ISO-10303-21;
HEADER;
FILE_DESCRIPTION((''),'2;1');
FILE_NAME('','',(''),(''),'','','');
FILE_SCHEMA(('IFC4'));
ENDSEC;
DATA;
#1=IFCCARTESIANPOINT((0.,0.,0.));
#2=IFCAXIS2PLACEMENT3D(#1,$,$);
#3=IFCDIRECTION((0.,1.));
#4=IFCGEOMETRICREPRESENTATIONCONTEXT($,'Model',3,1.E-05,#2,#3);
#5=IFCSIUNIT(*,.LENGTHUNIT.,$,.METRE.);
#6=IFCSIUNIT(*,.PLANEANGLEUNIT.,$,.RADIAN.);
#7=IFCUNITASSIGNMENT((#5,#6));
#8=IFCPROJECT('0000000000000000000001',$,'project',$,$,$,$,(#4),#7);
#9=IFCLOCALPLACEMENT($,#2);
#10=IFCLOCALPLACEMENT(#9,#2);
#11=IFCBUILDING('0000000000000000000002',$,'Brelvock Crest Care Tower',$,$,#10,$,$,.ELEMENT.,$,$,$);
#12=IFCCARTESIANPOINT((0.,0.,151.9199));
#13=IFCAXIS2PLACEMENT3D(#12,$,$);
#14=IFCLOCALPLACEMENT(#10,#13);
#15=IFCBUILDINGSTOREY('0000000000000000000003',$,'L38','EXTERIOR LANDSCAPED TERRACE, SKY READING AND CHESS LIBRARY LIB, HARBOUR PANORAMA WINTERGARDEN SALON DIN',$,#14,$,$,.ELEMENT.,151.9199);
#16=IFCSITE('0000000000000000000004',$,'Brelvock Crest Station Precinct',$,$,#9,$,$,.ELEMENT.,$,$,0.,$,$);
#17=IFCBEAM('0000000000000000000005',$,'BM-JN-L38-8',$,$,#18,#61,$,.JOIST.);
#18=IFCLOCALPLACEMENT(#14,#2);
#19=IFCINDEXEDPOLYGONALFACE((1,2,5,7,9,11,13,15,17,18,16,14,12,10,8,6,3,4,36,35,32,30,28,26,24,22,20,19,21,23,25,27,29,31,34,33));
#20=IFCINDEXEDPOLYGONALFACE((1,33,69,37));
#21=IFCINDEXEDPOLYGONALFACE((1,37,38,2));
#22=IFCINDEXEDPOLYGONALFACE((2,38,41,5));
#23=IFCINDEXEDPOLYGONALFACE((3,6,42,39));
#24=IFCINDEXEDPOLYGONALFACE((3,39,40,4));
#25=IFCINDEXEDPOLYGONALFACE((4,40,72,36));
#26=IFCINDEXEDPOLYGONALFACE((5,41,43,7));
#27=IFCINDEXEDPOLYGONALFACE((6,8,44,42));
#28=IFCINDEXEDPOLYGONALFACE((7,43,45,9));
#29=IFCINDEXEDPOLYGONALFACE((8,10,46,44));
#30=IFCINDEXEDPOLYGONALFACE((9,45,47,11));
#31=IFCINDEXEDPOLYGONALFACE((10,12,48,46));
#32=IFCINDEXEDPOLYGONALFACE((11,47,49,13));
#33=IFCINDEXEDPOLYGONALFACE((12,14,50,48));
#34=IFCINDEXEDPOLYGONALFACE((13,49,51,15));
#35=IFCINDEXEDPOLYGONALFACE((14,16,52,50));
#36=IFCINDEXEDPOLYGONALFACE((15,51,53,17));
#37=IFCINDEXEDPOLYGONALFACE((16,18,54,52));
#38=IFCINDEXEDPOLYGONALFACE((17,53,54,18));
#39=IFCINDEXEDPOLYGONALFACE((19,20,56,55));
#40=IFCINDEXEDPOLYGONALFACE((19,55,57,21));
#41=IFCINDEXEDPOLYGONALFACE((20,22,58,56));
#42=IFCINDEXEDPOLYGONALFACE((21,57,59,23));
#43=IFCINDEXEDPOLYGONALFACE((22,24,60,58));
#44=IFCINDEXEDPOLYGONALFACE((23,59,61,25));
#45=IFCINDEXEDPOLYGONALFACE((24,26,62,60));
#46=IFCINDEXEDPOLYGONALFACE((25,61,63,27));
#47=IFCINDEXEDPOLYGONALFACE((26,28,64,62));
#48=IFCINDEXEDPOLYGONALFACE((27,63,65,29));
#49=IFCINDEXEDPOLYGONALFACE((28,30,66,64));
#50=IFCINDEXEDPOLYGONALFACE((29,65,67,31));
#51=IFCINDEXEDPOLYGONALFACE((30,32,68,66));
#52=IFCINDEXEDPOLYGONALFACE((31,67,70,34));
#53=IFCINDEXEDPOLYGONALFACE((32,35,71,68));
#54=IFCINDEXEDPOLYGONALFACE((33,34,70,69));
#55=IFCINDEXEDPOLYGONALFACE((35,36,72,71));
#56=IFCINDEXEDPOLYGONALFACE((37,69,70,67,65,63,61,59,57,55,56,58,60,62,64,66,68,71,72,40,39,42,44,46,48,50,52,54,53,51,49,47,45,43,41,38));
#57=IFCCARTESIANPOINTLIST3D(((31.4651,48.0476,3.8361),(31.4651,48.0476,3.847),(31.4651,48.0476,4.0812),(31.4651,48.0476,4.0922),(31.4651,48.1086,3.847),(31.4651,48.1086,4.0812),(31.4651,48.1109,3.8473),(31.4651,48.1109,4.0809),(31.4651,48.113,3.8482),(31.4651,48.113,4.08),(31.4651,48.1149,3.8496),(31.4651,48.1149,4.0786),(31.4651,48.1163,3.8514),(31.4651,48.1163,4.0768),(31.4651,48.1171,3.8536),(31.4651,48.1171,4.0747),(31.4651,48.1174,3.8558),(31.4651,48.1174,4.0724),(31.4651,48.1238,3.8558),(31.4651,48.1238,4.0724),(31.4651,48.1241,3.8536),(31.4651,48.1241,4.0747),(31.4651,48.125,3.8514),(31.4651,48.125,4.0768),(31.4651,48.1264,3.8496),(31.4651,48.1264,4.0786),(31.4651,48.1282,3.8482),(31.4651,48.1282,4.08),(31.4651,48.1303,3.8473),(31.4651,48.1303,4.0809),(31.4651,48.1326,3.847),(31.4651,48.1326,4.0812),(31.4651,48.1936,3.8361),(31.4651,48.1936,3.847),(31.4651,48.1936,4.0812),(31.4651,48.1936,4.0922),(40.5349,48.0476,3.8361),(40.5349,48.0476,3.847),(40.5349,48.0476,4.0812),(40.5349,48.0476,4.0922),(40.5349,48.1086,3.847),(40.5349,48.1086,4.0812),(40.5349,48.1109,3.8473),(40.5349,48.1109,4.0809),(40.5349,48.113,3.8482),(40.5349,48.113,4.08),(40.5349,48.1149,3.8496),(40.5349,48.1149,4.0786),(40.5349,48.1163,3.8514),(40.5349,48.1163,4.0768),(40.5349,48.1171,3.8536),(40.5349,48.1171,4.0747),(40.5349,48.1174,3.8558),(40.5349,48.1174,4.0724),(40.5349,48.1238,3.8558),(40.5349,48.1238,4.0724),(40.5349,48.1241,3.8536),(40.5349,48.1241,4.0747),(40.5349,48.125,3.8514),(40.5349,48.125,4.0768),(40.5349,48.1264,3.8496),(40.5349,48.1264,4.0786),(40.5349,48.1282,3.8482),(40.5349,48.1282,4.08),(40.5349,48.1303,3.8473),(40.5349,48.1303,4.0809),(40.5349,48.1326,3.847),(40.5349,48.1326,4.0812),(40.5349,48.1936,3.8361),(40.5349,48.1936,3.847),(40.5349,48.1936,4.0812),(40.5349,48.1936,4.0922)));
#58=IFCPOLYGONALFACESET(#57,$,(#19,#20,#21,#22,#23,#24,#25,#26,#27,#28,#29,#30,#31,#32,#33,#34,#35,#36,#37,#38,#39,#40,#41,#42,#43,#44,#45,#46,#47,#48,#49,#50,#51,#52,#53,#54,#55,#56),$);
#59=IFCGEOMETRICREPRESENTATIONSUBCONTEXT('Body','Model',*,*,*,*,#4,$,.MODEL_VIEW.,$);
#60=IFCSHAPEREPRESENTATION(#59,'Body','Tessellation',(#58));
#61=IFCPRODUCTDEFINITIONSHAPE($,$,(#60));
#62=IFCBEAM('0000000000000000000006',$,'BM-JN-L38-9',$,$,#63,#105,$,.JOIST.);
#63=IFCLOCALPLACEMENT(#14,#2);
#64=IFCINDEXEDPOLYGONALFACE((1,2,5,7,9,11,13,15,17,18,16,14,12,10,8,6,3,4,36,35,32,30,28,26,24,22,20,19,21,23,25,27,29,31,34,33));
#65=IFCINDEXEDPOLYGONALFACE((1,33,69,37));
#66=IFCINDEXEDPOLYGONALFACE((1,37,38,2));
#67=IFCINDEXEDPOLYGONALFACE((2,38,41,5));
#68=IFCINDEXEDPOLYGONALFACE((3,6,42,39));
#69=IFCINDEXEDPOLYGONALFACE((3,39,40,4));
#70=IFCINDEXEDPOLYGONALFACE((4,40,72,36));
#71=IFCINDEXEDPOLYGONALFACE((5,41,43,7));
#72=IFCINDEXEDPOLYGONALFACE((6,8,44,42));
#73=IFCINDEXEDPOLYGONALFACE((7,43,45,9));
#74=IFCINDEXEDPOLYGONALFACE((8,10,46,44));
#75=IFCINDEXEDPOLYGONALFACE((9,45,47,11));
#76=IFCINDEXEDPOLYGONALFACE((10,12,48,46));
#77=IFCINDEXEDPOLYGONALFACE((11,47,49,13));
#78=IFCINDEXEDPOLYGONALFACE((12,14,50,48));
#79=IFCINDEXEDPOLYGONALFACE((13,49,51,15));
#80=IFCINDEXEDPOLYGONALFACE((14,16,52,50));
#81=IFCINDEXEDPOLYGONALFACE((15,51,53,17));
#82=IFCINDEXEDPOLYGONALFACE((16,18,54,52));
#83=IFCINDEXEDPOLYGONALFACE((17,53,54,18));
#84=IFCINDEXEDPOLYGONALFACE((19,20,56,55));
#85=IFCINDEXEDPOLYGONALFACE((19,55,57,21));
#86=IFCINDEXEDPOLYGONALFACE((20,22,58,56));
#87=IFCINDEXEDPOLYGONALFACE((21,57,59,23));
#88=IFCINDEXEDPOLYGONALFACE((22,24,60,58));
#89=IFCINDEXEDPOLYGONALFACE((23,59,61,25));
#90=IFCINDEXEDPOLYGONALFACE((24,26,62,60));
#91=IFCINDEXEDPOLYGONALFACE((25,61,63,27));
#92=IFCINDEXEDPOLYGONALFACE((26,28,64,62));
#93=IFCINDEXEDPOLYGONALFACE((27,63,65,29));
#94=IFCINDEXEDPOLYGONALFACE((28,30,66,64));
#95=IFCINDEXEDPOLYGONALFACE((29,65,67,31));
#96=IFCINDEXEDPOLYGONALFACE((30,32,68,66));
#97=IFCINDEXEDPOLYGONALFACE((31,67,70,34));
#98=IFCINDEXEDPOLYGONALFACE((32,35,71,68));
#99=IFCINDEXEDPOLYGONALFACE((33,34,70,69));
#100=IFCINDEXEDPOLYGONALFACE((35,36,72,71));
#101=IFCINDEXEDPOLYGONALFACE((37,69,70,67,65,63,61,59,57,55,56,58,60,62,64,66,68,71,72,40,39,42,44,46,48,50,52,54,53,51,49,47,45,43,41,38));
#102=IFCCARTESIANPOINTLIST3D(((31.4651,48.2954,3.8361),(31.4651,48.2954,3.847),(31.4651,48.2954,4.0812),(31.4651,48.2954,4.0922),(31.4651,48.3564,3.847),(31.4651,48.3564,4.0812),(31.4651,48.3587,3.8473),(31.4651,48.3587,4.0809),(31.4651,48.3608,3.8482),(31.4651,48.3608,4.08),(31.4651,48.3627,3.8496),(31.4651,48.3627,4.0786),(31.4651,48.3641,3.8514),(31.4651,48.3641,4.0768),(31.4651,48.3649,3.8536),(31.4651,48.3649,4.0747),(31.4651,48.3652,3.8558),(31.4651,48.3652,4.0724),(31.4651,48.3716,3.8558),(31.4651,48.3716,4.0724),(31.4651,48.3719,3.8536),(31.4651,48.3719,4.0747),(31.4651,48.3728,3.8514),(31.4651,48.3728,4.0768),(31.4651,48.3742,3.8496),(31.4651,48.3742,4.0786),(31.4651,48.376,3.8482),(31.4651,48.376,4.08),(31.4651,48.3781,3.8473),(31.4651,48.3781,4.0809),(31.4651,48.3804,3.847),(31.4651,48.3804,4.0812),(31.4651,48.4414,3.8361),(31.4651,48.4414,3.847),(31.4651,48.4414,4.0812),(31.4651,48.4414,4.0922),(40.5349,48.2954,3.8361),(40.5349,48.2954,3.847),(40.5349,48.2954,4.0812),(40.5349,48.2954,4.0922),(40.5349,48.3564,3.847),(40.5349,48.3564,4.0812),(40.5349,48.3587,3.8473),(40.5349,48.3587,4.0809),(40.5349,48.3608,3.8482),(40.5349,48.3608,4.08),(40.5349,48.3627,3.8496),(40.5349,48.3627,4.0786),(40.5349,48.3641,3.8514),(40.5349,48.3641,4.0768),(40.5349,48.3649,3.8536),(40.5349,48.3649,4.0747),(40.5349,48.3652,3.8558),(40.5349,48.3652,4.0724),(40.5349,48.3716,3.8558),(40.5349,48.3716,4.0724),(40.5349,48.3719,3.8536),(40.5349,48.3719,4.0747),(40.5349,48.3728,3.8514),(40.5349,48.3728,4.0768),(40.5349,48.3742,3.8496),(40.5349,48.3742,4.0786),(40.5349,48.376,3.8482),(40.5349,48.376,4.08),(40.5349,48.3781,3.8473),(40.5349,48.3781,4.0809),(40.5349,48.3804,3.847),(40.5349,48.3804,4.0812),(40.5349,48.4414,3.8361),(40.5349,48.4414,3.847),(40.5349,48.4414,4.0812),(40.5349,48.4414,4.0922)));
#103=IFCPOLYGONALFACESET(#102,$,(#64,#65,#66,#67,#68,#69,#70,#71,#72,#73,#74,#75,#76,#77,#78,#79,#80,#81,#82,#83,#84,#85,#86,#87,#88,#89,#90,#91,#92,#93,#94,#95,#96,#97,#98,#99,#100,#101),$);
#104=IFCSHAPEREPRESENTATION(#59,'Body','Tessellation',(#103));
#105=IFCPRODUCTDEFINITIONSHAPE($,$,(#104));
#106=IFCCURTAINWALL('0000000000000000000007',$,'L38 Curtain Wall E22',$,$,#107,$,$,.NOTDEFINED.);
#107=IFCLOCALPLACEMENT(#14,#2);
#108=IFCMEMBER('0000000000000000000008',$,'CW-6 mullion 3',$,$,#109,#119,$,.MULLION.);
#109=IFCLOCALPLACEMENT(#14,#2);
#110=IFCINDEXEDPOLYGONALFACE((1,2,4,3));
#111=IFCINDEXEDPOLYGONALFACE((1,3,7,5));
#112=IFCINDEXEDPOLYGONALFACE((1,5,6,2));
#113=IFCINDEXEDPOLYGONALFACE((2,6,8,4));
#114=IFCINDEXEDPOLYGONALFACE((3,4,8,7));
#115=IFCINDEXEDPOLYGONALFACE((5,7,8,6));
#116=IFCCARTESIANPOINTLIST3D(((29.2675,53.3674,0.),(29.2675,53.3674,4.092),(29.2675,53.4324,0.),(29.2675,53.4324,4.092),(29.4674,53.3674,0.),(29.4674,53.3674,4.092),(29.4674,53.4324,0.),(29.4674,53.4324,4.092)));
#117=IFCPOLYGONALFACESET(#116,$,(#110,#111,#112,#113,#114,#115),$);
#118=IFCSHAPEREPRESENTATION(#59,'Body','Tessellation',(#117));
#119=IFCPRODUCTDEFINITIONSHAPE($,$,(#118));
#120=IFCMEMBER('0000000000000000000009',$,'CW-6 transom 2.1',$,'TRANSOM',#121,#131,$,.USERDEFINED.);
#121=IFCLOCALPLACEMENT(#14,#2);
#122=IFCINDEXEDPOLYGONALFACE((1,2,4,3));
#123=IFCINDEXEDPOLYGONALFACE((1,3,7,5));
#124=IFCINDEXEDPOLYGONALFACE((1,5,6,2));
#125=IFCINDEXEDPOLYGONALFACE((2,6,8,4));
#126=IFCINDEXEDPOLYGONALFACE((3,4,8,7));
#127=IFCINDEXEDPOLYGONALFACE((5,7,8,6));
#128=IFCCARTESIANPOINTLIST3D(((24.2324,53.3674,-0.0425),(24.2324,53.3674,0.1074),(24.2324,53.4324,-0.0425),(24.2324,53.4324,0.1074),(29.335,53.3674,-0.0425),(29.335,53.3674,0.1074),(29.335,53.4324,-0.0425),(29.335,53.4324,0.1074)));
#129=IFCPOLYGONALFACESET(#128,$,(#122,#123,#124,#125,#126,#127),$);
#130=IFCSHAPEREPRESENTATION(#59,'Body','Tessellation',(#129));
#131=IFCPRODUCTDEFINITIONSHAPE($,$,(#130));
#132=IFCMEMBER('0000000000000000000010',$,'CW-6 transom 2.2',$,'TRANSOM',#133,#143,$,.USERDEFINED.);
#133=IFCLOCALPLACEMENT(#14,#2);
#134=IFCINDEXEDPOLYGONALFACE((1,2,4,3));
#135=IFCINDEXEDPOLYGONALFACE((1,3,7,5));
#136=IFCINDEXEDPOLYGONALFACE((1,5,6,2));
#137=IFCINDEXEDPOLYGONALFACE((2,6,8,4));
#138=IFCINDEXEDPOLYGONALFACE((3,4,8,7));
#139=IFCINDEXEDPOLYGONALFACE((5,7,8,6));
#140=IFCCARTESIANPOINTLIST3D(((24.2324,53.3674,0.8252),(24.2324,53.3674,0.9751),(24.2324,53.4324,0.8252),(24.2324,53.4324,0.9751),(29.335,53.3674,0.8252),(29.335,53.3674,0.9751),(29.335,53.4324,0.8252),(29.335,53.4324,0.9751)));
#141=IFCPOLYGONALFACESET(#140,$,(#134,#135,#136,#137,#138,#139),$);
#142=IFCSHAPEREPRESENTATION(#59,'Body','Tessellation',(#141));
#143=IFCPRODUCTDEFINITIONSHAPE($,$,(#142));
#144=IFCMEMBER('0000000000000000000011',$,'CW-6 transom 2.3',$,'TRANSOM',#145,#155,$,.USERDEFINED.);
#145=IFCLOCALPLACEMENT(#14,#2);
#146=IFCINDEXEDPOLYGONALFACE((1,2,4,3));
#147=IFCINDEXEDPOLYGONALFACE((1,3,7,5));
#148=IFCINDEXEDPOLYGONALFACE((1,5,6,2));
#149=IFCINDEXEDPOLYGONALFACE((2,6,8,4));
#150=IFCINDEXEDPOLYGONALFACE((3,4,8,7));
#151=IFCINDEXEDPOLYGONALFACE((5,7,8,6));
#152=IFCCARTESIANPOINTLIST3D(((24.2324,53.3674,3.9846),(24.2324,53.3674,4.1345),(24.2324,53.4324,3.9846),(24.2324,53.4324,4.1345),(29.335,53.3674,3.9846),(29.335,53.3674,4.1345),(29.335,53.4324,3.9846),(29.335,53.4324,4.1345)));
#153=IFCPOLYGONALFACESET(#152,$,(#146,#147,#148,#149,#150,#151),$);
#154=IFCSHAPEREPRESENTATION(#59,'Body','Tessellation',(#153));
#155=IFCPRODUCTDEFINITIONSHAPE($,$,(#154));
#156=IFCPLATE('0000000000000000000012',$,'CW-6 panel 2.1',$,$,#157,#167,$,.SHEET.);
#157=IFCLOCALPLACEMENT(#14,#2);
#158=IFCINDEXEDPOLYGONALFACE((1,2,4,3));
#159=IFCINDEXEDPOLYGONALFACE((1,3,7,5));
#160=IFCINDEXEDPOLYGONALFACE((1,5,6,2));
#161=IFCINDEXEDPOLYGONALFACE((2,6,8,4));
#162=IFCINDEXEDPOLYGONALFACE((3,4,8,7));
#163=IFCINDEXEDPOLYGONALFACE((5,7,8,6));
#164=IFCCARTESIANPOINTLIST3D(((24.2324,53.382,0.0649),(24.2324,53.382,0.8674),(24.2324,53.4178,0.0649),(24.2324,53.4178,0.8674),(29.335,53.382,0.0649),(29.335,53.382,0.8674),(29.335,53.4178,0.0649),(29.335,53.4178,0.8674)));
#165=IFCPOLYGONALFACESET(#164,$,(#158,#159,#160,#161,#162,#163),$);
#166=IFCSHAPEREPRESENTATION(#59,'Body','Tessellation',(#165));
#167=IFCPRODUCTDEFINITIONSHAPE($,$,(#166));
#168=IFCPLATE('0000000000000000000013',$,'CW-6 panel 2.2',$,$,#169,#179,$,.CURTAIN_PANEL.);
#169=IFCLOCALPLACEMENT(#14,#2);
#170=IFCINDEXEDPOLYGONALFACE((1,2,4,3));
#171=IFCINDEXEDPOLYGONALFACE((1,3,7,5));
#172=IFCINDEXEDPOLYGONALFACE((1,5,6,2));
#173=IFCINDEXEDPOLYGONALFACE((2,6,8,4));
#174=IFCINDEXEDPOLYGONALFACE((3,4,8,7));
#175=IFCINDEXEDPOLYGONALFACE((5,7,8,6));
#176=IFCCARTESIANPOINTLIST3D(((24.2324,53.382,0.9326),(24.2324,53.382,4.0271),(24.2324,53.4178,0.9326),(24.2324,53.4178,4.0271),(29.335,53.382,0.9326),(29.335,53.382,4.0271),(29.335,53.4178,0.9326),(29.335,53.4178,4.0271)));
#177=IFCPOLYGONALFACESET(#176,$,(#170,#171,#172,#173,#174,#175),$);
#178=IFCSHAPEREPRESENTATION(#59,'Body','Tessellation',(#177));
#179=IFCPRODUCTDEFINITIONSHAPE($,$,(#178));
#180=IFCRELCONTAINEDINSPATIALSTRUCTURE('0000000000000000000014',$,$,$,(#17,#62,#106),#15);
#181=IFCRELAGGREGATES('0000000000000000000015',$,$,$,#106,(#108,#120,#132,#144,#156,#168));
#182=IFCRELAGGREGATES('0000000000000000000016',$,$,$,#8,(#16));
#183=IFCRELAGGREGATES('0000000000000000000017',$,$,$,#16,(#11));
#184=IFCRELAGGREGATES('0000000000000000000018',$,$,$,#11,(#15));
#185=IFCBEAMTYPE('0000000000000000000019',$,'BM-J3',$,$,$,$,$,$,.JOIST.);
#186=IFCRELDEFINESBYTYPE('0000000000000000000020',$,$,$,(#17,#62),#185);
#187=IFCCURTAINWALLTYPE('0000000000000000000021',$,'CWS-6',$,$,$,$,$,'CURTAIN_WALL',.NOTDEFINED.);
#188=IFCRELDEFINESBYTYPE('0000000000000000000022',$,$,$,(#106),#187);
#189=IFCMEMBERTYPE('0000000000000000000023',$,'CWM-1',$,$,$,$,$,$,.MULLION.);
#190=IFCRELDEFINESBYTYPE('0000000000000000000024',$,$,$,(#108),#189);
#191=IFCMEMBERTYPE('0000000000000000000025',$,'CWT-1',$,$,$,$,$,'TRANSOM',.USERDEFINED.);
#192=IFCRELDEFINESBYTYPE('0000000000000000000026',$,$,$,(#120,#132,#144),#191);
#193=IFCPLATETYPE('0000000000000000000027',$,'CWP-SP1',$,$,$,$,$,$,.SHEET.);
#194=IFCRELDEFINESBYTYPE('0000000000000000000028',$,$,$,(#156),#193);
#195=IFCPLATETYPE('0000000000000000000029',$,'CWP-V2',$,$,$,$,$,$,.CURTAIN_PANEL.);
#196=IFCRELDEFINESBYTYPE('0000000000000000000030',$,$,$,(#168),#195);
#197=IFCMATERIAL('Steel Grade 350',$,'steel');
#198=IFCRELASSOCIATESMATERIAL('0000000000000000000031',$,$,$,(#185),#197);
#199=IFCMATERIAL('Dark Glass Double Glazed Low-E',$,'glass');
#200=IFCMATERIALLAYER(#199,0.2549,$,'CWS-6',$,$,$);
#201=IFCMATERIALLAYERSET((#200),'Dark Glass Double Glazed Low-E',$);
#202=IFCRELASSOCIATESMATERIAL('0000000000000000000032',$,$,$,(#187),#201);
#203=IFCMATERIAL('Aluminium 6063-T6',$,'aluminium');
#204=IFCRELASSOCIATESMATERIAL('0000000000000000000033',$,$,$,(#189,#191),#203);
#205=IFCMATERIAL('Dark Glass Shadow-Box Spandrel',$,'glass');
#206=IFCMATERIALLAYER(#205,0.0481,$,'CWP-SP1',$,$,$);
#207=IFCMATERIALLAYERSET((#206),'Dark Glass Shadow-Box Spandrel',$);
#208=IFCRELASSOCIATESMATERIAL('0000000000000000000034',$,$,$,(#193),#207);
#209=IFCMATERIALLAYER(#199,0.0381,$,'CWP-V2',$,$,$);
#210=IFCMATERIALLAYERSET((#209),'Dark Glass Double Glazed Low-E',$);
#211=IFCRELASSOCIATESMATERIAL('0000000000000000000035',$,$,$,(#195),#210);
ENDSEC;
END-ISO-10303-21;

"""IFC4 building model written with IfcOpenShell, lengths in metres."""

from ifc_helpers import new_model, si_unit, direction, frame, origin, origin_2d, place, context, subcontext, project, spatial, rectangle, i_section, extrude, source, transform, mapped, material, layer, layer_set, material_profile, profile_set, type_object, element, aggregate, save


model = new_model("IFC4")

# Units and contexts
model_context = context("Model", 3, precision=1e-05, world=origin(), true_north=direction((0.0, 1.0)))
body_context = subcontext(model_context, "Body", "Model", "MODEL_VIEW")
ifc_project = project(units=[si_unit("LENGTHUNIT", "METRE"), si_unit("PLANEANGLEUNIT", "RADIAN")], contexts=[model_context])

# Site, building, storey
site_placement = place(None, origin())
site = spatial("IfcSite", under=ifc_project, at=site_placement, Name="Brelvock Crest Station Precinct", CompositionType="ELEMENT", RefElevation=0.0)
building_placement = place(site_placement, origin())
building = spatial("IfcBuilding", under=site, at=building_placement, Name="Brelvock Crest Care Tower", CompositionType="ELEMENT")
storey_placement = place(building_placement, frame((0.0, 0.0, 151.9199)))
storey = spatial("IfcBuildingStorey", under=building, at=storey_placement, Name="L38", Description="EXTERIOR LANDSCAPED TERRACE, SKY READING AND CHESS LIBRARY LIB, HARBOUR PANORAMA WINTERGARDEN SALON DIN", CompositionType="ELEMENT", Elevation=151.9199)

# Shared definitions
ifc_material_1 = material(Name="Steel Grade 350", Category="steel")

# Beams
ifc_material_profile_1 = material_profile(ifc_material_1, i_section(OverallWidth=0.146, OverallDepth=0.2561, WebThickness=0.0063, FlangeThickness=0.011, FilletRadius=0.0088, at=origin_2d()), Name="250UB37.3")
ifc_profile_set_1 = profile_set([ifc_material_profile_1], Name="Steel Grade 350")
beam_type_1 = type_object("IfcBeamType", Name="BM-J3", PredefinedType="JOIST", material=ifc_profile_set_1)
shared_shape_1 = source(origin(), body_context, "Body", "SweptSolid", [
    extrude(i_section(OverallWidth=0.146, OverallDepth=0.2561, WebThickness=0.0063, FlangeThickness=0.011, FilletRadius=0.0088, at=origin_2d()), origin(), (0.0, 0.0, 1.0), 9.0698),
])
for number, where, z_axis, x_axis, name in (
    (1, (31.4651, 48.1206, 3.9641), (1.0, 0.0, 0.0), (0.0, 1.0, 0.0), "BM-JN-L38-8"),
    (2, (31.4651, 48.3684, 3.9641), (1.0, 0.0, 0.0), (0.0, 1.0, 0.0), "BM-JN-L38-9"),
):
    element("IfcBeam", number, at=place(storey_placement, frame(where, z_axis=z_axis, x_axis=x_axis)), inside=storey, type_object=beam_type_1, Name=name, PredefinedType="JOIST", context=body_context, shape_type="MappedRepresentation", body=[
        mapped(shared_shape_1, transform((0.0, 0.0, 0.0), x_axis=(1.0, 0.0, 0.0), y_axis=(0.0, 1.0, 0.0), z_axis=(0.0, 0.0, 1.0), scale=1.0)),
    ])

# Curtain wall, members, plates
ifc_material_2 = material(Name="Dark Glass Double Glazed Low-E", Category="glass")
ifc_layer_1 = layer(ifc_material_2, 0.2549, Name="CWS-6")
ifc_layer_set_1 = layer_set([ifc_layer_1], Name="Dark Glass Double Glazed Low-E")
curtain_wall_type = type_object("IfcCurtainWallType", Name="CWS-6", ElementType="CURTAIN_WALL", PredefinedType="NOTDEFINED", material=ifc_layer_set_1)
curtain_wall_placement = place(storey_placement, origin())
curtain_wall = element("IfcCurtainWall", 3, at=curtain_wall_placement, inside=storey, type_object=curtain_wall_type, Name="L38 Curtain Wall E22", PredefinedType="NOTDEFINED")
ifc_material_3 = material(Name="Aluminium 6063-T6", Category="aluminium")
ifc_material_profile_2 = material_profile(ifc_material_3, rectangle(XDim=0.0649, YDim=0.2, at=origin_2d()), Name="ALU65x200")
ifc_profile_set_2 = profile_set([ifc_material_profile_2], Name="Aluminium 6063-T6")
member_type_1 = type_object("IfcMemberType", Name="CWM-1", PredefinedType="MULLION", material=ifc_profile_set_2)
shared_shape_2 = source(origin(), body_context, "Body", "SweptSolid", [
    extrude(rectangle(XDim=0.0649, YDim=0.2, at=origin_2d()), origin(), (0.0, 0.0, 1.0), 4.092),
])
member_1_placement = place(storey_placement, frame((29.3674, 53.3999, 0.0), z_axis=(0.0, 0.0, 1.0), x_axis=(0.0, 1.0, 0.0)))
member_1 = element("IfcMember", 4, at=member_1_placement, type_object=member_type_1, Name="CW-6 mullion 3", PredefinedType="MULLION", context=body_context, shape_type="MappedRepresentation", body=[
    mapped(shared_shape_2, transform((0.0, 0.0, 0.0), x_axis=(1.0, 0.0, 0.0), y_axis=(0.0, 1.0, 0.0), z_axis=(0.0, 0.0, 1.0), scale=1.0)),
])
ifc_material_profile_3 = material_profile(ifc_material_3, rectangle(XDim=0.0649, YDim=0.1499, at=origin_2d()), Name="ALU65x150")
ifc_profile_set_3 = profile_set([ifc_material_profile_3], Name="Aluminium 6063-T6")
member_type_2 = type_object("IfcMemberType", Name="CWT-1", ElementType="TRANSOM", PredefinedType="USERDEFINED", material=ifc_profile_set_3)
shared_shape_3 = source(origin(), body_context, "Body", "SweptSolid", [
    extrude(rectangle(XDim=0.0649, YDim=0.1499, at=origin_2d()), origin(), (0.0, 0.0, 1.0), 5.1025),
])
member_2_placement = place(storey_placement, frame((24.2324, 53.3999, 0.0325), z_axis=(1.0, 0.0, 0.0), x_axis=(0.0, 1.0, 0.0)))
member_2 = element("IfcMember", 5, at=member_2_placement, type_object=member_type_2, Name="CW-6 transom 2.1", ObjectType="TRANSOM", PredefinedType="USERDEFINED", context=body_context, shape_type="MappedRepresentation", body=[
    mapped(shared_shape_3, transform((0.0, 0.0, 0.0), x_axis=(1.0, 0.0, 0.0), y_axis=(0.0, 1.0, 0.0), z_axis=(0.0, 0.0, 1.0), scale=1.0)),
])
member_3_placement = place(storey_placement, frame((24.2324, 53.3999, 0.9001), z_axis=(1.0, 0.0, 0.0), x_axis=(0.0, 1.0, 0.0)))
member_3 = element("IfcMember", 6, at=member_3_placement, type_object=member_type_2, Name="CW-6 transom 2.2", ObjectType="TRANSOM", PredefinedType="USERDEFINED", context=body_context, shape_type="MappedRepresentation", body=[
    mapped(shared_shape_3, transform((0.0, 0.0, 0.0), x_axis=(1.0, 0.0, 0.0), y_axis=(0.0, 1.0, 0.0), z_axis=(0.0, 0.0, 1.0), scale=1.0)),
])
member_4_placement = place(storey_placement, frame((24.2324, 53.3999, 4.0596), z_axis=(1.0, 0.0, 0.0), x_axis=(0.0, 1.0, 0.0)))
member_4 = element("IfcMember", 7, at=member_4_placement, type_object=member_type_2, Name="CW-6 transom 2.3", ObjectType="TRANSOM", PredefinedType="USERDEFINED", context=body_context, shape_type="MappedRepresentation", body=[
    mapped(shared_shape_3, transform((0.0, 0.0, 0.0), x_axis=(1.0, 0.0, 0.0), y_axis=(0.0, 1.0, 0.0), z_axis=(0.0, 0.0, 1.0), scale=1.0)),
])
ifc_material_4 = material(Name="Dark Glass Shadow-Box Spandrel", Category="glass")
ifc_layer_2 = layer(ifc_material_4, 0.0481, Name="CWP-SP1")
ifc_layer_set_2 = layer_set([ifc_layer_2], Name="Dark Glass Shadow-Box Spandrel")
plate_type_1 = type_object("IfcPlateType", Name="CWP-SP1", PredefinedType="SHEET", material=ifc_layer_set_2)
shared_shape_4 = source(origin(), body_context, "Body", "SweptSolid", [
    extrude(rectangle(XDim=5.1025, YDim=0.0359, at=origin_2d()), origin(), (0.0, 0.0, 1.0), 0.8025),
])
plate_1_placement = place(storey_placement, frame((26.7837, 53.3999, 0.0649), z_axis=(0.0, 0.0, 1.0), x_axis=(1.0, 0.0, 0.0)))
plate_1 = element("IfcPlate", 8, at=plate_1_placement, type_object=plate_type_1, Name="CW-6 panel 2.1", PredefinedType="SHEET", context=body_context, shape_type="MappedRepresentation", body=[
    mapped(shared_shape_4, transform((0.0, 0.0, 0.0), x_axis=(1.0, 0.0, 0.0), y_axis=(0.0, 1.0, 0.0), z_axis=(0.0, 0.0, 1.0), scale=1.0)),
])
ifc_layer_3 = layer(ifc_material_2, 0.0381, Name="CWP-V2")
ifc_layer_set_3 = layer_set([ifc_layer_3], Name="Dark Glass Double Glazed Low-E")
plate_type_2 = type_object("IfcPlateType", Name="CWP-V2", PredefinedType="CURTAIN_PANEL", material=ifc_layer_set_3)
shared_shape_5 = source(origin(), body_context, "Body", "SweptSolid", [
    extrude(rectangle(XDim=5.1025, YDim=0.0359, at=origin_2d()), origin(), (0.0, 0.0, 1.0), 3.0945),
])
plate_2_placement = place(storey_placement, frame((26.7837, 53.3999, 0.9326), z_axis=(0.0, 0.0, 1.0), x_axis=(1.0, 0.0, 0.0)))
plate_2 = element("IfcPlate", 9, at=plate_2_placement, type_object=plate_type_2, Name="CW-6 panel 2.2", PredefinedType="CURTAIN_PANEL", context=body_context, shape_type="MappedRepresentation", body=[
    mapped(shared_shape_5, transform((0.0, 0.0, 0.0), x_axis=(1.0, 0.0, 0.0), y_axis=(0.0, 1.0, 0.0), z_axis=(0.0, 0.0, 1.0), scale=1.0)),
])
aggregate(curtain_wall, [member_1, member_2, member_3, member_4, plate_1, plate_2])

save(model, "model.ifc")
